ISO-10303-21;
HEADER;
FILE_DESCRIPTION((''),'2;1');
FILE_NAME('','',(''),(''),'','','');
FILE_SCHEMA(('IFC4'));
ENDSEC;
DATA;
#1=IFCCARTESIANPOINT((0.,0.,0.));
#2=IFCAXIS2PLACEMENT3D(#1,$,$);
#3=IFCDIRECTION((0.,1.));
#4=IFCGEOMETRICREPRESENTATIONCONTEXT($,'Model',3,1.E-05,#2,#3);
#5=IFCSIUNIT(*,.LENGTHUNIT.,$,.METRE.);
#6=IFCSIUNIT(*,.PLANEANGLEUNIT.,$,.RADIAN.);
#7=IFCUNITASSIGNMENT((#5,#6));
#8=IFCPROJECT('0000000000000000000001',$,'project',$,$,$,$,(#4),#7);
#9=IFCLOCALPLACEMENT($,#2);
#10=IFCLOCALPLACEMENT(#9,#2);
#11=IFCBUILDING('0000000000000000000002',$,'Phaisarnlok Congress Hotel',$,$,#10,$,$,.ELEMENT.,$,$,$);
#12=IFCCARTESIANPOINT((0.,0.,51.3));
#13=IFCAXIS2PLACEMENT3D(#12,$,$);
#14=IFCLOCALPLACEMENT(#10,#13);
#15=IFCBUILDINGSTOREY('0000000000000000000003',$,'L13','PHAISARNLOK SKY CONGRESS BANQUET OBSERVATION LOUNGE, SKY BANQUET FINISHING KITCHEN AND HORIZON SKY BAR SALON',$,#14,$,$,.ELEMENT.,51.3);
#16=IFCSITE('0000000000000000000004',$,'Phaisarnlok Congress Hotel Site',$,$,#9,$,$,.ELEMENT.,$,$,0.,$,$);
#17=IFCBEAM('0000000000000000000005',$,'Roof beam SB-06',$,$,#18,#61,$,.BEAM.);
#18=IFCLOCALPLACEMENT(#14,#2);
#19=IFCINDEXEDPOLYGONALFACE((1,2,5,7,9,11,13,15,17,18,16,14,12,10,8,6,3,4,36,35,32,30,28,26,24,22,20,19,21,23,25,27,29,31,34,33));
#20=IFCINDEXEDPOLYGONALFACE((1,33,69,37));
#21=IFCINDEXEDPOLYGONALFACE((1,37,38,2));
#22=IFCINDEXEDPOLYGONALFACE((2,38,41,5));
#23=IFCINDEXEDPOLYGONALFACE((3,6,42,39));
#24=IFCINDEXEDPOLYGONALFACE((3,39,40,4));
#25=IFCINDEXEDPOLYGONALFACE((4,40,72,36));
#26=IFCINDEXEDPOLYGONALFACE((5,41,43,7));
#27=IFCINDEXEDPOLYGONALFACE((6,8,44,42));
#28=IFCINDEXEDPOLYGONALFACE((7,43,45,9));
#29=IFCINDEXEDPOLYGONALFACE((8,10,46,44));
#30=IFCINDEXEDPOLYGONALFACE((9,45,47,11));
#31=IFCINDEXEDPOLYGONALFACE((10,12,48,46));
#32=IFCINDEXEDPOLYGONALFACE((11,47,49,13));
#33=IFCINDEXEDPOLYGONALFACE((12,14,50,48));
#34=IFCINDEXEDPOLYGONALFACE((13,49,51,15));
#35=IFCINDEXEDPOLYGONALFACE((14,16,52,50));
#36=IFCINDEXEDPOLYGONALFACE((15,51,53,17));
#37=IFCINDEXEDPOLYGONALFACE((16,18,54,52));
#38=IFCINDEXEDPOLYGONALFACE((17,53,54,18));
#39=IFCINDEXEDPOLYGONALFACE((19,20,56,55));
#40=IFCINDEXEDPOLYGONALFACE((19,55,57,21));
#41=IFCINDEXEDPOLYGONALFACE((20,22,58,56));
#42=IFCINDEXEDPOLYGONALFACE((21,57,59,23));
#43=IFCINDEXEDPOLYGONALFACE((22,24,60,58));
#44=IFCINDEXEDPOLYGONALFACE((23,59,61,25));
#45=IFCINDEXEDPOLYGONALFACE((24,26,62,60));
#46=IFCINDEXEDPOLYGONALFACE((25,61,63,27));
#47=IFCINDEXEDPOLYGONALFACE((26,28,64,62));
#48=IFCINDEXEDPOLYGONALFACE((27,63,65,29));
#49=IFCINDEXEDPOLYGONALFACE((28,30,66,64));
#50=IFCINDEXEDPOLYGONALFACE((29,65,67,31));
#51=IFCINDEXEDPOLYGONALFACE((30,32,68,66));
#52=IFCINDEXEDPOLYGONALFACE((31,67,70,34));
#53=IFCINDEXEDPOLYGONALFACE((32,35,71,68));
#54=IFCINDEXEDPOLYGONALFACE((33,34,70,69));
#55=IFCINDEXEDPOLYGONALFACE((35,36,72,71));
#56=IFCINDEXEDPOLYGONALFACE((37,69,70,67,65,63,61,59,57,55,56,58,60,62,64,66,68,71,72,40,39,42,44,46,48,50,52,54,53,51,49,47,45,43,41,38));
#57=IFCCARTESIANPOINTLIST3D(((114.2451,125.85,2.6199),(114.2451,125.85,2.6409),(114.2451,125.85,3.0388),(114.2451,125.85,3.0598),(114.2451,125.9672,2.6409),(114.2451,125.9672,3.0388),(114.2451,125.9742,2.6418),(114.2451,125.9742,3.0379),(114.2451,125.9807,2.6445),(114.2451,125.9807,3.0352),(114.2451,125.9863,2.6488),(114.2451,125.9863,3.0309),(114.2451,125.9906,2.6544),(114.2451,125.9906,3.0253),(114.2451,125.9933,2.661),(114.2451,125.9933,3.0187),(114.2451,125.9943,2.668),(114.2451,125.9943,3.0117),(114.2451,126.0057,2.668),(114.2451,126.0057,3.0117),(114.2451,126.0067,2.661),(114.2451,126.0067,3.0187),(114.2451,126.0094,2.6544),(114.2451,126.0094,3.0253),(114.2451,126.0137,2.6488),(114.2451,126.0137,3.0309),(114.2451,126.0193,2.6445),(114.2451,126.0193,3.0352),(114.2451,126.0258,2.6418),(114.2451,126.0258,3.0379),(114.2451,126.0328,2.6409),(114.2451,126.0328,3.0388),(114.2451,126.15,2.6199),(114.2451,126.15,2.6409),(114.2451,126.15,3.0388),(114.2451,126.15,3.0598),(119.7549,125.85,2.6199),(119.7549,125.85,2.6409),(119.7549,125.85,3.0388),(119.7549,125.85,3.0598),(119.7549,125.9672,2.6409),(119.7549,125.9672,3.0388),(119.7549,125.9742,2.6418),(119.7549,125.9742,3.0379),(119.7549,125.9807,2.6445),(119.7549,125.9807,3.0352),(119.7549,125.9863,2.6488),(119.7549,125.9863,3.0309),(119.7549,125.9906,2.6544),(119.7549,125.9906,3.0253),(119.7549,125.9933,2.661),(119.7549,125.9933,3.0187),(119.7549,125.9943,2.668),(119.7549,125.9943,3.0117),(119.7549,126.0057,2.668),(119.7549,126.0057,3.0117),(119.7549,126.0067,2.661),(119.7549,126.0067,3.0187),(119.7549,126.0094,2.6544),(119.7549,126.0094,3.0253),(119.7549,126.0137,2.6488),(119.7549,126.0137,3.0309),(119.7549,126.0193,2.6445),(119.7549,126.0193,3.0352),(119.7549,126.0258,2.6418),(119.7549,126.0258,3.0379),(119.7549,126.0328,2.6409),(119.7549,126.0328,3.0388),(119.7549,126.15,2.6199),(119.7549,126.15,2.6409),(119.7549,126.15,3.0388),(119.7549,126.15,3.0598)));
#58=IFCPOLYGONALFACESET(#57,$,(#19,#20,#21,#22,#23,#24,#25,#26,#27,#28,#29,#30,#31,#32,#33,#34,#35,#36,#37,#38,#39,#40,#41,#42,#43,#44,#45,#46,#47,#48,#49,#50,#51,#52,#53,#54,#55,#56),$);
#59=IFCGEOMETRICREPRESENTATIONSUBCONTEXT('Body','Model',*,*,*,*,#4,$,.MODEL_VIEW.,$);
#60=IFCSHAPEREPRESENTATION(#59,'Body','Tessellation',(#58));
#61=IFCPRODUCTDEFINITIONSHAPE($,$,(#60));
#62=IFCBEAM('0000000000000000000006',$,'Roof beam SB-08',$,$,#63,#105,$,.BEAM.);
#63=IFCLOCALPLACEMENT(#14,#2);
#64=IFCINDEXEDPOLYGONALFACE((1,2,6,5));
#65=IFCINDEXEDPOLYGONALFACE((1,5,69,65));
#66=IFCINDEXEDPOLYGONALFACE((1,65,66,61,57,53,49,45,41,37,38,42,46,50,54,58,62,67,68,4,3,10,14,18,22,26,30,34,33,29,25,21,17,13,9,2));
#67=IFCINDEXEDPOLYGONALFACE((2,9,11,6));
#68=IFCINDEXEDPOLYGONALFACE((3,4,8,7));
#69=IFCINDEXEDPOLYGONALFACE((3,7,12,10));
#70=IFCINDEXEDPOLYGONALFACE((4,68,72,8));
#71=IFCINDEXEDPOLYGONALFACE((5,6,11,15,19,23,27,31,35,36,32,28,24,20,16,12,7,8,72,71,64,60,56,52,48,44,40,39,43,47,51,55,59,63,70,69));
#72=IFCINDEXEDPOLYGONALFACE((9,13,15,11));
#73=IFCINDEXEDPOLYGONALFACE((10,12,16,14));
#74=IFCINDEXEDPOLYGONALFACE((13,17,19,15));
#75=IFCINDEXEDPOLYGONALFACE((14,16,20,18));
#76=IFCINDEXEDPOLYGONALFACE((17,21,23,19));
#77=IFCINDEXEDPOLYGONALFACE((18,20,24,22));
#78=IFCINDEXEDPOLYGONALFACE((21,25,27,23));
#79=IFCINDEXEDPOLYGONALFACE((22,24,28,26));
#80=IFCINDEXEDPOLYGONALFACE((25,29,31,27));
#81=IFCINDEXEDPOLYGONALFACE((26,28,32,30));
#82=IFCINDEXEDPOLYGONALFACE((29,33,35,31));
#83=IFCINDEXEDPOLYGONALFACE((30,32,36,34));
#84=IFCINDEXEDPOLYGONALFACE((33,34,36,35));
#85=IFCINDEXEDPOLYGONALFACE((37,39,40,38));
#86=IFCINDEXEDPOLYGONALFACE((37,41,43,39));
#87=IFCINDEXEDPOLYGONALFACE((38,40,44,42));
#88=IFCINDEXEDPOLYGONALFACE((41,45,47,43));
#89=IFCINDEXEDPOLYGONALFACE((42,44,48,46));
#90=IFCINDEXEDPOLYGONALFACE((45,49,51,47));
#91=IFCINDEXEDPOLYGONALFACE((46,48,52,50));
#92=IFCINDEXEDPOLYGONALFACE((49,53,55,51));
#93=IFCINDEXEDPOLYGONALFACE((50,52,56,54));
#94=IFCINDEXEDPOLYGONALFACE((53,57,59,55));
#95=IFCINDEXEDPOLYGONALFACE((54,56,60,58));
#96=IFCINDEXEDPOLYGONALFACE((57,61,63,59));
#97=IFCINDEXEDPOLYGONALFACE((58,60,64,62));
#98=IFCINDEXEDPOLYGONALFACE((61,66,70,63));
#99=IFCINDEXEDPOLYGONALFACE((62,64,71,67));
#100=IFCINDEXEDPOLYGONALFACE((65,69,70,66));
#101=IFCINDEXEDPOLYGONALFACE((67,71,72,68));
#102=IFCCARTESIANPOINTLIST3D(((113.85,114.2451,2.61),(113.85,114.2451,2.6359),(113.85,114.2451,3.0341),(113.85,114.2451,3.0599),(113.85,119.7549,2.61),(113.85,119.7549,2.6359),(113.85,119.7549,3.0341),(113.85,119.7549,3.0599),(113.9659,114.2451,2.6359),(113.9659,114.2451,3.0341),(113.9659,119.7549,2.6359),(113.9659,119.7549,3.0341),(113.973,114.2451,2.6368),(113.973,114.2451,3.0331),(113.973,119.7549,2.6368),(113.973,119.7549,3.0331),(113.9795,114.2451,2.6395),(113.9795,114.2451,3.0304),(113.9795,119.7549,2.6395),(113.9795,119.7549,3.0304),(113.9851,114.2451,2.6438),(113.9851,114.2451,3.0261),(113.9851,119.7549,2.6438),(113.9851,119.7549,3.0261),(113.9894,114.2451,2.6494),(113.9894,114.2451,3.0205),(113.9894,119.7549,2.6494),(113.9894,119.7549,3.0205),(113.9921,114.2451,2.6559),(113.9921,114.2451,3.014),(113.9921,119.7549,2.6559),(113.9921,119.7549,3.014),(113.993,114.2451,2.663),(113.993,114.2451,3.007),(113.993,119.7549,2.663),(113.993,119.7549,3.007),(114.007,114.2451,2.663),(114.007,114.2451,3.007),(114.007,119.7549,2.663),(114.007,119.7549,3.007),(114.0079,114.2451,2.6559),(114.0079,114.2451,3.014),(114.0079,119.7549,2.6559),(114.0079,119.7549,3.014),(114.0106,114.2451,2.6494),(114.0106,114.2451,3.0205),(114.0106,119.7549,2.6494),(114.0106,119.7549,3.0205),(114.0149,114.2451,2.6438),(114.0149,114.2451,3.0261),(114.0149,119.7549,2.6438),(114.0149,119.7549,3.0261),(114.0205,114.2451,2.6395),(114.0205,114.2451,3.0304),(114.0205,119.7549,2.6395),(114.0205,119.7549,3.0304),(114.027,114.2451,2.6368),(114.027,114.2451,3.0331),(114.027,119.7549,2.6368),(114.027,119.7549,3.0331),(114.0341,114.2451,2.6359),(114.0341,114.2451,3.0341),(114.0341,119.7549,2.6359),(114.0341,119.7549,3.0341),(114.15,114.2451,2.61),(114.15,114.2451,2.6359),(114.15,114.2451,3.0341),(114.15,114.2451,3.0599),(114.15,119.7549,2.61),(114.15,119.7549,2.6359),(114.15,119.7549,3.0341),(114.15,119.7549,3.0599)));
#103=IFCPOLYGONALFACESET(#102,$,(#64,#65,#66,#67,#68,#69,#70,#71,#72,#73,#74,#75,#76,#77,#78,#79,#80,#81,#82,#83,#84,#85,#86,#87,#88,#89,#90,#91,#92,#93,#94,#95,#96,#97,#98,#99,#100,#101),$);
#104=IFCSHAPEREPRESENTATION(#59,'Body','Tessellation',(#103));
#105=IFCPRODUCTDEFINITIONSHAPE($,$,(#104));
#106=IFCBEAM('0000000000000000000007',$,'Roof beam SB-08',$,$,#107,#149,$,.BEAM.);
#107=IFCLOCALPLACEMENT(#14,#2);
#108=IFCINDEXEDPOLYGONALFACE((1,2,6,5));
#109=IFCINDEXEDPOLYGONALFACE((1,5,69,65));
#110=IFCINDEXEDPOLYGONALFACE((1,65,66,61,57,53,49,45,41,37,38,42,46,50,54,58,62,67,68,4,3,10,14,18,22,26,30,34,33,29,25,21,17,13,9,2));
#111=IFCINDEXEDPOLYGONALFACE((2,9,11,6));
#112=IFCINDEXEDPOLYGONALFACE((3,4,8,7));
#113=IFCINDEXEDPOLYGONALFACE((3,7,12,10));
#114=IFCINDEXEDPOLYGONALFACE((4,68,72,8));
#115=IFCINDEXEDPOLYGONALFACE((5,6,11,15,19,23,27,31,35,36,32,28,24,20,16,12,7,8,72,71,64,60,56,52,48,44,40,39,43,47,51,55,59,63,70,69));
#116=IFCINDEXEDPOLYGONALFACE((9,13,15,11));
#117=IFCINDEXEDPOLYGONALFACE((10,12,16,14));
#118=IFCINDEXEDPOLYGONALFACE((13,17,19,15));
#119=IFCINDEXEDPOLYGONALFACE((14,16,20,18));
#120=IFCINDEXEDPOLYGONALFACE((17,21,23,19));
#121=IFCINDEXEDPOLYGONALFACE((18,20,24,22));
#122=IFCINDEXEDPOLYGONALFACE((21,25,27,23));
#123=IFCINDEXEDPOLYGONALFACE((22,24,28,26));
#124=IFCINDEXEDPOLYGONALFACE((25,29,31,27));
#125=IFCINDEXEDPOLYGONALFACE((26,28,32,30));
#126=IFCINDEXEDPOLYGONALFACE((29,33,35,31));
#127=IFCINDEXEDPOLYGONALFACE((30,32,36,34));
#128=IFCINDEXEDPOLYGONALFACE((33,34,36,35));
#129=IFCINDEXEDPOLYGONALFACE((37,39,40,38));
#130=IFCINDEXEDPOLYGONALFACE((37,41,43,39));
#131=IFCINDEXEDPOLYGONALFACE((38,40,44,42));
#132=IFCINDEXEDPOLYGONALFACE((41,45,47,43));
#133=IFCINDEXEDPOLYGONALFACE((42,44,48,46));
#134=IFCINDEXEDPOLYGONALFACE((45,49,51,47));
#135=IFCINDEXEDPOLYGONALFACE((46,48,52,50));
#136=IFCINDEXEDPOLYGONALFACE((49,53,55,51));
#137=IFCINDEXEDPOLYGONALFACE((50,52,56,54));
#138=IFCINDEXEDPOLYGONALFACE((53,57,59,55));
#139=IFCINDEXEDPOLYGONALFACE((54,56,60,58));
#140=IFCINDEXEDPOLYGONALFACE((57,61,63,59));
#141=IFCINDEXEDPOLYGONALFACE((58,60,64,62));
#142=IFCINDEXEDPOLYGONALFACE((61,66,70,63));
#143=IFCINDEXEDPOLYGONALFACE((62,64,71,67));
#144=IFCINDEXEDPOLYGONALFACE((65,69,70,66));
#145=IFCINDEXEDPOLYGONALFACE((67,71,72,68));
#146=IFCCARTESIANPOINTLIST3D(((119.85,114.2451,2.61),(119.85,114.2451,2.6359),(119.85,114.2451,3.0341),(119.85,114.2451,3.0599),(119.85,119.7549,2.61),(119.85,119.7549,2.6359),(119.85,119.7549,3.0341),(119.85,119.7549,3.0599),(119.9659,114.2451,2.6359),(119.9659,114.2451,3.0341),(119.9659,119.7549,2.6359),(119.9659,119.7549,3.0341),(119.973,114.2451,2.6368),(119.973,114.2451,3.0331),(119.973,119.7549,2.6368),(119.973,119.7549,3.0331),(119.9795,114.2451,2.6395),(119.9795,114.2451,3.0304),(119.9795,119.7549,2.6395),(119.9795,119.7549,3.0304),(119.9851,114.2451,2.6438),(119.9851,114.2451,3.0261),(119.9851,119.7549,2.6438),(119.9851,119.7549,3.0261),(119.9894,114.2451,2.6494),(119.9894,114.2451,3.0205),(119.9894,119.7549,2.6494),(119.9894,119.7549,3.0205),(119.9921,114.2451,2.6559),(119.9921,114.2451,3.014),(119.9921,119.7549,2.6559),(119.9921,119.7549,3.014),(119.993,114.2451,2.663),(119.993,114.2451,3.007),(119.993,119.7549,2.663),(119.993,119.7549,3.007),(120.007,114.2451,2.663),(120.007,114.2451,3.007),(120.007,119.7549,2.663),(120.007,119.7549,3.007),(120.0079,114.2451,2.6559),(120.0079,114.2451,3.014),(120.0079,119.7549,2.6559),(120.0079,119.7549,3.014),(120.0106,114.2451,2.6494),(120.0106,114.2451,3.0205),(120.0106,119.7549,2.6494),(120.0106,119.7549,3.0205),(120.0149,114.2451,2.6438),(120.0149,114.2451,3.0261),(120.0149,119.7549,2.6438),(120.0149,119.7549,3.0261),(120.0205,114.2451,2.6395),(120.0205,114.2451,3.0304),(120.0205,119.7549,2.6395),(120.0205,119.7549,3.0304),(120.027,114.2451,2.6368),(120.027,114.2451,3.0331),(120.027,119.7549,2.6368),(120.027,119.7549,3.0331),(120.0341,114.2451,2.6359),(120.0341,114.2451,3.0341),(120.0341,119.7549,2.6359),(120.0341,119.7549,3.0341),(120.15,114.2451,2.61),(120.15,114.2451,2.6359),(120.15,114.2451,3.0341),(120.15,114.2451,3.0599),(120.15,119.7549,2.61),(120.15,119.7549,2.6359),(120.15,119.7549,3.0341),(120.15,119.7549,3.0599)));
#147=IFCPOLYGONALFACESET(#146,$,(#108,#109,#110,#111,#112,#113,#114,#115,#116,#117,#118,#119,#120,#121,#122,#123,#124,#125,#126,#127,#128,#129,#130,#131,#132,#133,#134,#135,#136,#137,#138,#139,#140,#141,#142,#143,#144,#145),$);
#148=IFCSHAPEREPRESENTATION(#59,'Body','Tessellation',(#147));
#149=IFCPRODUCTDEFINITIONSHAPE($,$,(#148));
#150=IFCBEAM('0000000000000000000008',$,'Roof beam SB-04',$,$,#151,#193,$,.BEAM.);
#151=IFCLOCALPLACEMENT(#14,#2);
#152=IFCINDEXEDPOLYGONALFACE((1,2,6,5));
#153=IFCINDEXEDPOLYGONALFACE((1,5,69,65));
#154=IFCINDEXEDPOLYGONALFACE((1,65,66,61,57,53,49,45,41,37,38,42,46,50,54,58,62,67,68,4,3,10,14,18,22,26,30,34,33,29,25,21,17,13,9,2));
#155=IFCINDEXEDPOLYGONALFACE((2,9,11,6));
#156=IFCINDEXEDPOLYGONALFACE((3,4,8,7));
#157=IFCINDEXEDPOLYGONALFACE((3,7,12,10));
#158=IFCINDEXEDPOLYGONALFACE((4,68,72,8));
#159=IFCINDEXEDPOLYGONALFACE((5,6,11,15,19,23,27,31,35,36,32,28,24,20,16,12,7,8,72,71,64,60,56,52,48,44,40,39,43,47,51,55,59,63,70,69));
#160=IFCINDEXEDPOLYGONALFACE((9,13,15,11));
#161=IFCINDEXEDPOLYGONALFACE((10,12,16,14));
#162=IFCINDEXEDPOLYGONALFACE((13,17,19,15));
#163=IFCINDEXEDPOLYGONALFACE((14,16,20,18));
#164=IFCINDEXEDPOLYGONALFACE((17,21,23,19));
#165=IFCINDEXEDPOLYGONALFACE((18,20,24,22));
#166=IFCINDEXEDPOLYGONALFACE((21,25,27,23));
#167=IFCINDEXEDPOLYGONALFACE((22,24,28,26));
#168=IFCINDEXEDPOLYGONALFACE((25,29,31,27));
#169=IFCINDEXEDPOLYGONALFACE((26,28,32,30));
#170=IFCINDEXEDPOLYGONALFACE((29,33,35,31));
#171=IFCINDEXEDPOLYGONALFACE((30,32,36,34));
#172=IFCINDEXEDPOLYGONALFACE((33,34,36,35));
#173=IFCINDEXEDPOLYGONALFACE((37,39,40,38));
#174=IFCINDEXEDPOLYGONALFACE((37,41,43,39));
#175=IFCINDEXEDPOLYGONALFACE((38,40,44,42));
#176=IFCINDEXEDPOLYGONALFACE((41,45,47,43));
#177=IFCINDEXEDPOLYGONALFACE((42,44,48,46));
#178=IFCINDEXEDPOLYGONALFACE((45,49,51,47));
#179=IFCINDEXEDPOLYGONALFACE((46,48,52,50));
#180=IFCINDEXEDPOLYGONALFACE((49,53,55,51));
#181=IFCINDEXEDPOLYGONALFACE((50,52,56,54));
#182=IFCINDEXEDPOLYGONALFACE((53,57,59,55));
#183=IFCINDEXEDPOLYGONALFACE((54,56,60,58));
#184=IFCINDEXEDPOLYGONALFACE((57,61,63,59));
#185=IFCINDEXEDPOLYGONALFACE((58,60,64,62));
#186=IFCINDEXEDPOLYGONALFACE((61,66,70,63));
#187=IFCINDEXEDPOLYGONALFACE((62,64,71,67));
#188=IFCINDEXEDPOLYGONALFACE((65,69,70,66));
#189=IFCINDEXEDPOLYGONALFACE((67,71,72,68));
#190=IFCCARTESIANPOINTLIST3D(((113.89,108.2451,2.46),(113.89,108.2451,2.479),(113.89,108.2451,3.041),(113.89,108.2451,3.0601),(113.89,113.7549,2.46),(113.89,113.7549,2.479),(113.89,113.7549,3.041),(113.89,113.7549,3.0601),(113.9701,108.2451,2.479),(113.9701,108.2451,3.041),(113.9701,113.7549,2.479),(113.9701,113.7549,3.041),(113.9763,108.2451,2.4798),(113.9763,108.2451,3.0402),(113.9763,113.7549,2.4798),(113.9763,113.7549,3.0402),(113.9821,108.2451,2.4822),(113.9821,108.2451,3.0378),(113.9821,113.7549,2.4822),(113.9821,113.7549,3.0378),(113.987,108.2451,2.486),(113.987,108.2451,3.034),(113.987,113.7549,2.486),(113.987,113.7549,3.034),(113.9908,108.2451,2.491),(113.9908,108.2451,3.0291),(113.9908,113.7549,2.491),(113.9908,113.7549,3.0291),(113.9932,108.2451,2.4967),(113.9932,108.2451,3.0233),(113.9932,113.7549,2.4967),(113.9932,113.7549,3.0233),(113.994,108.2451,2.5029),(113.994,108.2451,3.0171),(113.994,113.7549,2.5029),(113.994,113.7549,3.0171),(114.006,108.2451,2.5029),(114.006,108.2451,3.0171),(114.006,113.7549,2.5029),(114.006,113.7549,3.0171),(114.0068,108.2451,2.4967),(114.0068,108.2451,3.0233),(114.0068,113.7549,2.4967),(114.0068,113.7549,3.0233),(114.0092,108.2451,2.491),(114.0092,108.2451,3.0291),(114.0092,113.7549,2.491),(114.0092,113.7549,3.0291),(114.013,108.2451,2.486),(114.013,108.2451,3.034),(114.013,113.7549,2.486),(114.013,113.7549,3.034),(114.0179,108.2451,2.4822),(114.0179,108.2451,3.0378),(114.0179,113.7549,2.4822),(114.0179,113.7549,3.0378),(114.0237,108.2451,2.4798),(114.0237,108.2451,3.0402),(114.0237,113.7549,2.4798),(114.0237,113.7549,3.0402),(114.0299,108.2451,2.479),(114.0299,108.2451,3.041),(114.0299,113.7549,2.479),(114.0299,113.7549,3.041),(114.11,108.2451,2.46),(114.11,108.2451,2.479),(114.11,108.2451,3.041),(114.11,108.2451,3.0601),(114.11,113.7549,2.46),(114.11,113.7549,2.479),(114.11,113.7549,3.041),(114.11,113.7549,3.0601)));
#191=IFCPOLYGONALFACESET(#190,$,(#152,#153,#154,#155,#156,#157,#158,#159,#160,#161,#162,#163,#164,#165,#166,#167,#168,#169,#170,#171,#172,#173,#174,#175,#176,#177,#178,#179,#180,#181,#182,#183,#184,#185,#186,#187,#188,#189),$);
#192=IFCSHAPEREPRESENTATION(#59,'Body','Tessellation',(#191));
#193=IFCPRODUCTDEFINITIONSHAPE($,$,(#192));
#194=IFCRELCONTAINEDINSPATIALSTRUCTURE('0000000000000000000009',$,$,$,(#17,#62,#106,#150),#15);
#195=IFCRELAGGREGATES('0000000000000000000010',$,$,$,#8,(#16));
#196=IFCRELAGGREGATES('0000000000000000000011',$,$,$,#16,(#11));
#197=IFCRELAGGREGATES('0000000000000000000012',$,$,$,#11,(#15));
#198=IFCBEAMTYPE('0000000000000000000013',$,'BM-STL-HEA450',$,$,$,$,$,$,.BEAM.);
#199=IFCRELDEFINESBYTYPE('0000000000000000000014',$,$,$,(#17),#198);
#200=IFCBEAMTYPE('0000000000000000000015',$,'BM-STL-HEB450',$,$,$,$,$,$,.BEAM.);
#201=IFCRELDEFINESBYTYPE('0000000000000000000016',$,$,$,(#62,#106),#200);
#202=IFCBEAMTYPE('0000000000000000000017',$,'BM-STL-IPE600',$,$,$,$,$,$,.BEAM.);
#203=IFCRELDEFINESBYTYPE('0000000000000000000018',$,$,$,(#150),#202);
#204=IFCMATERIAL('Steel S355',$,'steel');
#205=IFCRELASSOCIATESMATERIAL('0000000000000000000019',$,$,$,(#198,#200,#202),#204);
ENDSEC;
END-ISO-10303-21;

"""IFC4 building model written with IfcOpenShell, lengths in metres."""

from ifc_helpers import new_model, si_unit, direction, frame, origin, origin_2d, place, context, subcontext, project, spatial, i_section, extrude, material, material_profile, profile_set, type_object, element, save


model = new_model("IFC4")

# Units and contexts
model_context = context("Model", 3, precision=1e-05, world=origin(), true_north=direction((0.0, 1.0)))
body_context = subcontext(model_context, "Body", "Model", "MODEL_VIEW")
ifc_project = project(units=[si_unit("LENGTHUNIT", "METRE"), si_unit("PLANEANGLEUNIT", "RADIAN")], contexts=[model_context])

# Site, building, storey
site_placement = place(None, origin())
site = spatial("IfcSite", under=ifc_project, at=site_placement, Name="Phaisarnlok Congress Hotel Site", CompositionType="ELEMENT", RefElevation=0.0)
building_placement = place(site_placement, origin())
building = spatial("IfcBuilding", under=site, at=building_placement, Name="Phaisarnlok Congress Hotel", CompositionType="ELEMENT")
storey_placement = place(building_placement, frame((0.0, 0.0, 51.3)))
storey = spatial("IfcBuildingStorey", under=building, at=storey_placement, Name="L13", Description="PHAISARNLOK SKY CONGRESS BANQUET OBSERVATION LOUNGE, SKY BANQUET FINISHING KITCHEN AND HORIZON SKY BAR SALON", CompositionType="ELEMENT", Elevation=51.3)

# Beams
ifc_material_1 = material(Name="Steel S355", Category="steel")
ifc_material_profile_1 = material_profile(ifc_material_1, i_section(OverallWidth=0.3, OverallDepth=0.4399, WebThickness=0.0115, FlangeThickness=0.021, FilletRadius=0.0271, at=origin_2d()), Name="HEA 450")
ifc_profile_set_1 = profile_set([ifc_material_profile_1], Name="Steel S355")
beam_type_1 = type_object("IfcBeamType", Name="BM-STL-HEA450", PredefinedType="BEAM", material=ifc_profile_set_1)
for number, where, z_axis, x_axis, name in (
    (1, (114.2451, 126.0, 2.8398), (1.0, 0.0, 0.0), (0.0, 1.0, 0.0), "Roof beam SB-06"),
):
    element("IfcBeam", number, at=place(storey_placement, frame(where, z_axis=z_axis, x_axis=x_axis)), inside=storey, type_object=beam_type_1, Name=name, PredefinedType="BEAM", context=body_context, shape_type="SweptSolid", body=[
        extrude(i_section(OverallWidth=0.3, OverallDepth=0.4399, WebThickness=0.0115, FlangeThickness=0.021, FilletRadius=0.0271, at=origin_2d()), origin(), (0.0, 0.0, 1.0), 5.5098),
    ])
ifc_material_profile_2 = material_profile(ifc_material_1, i_section(OverallWidth=0.3, OverallDepth=0.45, WebThickness=0.0139, FlangeThickness=0.0259, FilletRadius=0.0271, at=origin_2d()), Name="HEB 450")
ifc_profile_set_2 = profile_set([ifc_material_profile_2], Name="Steel S355")
beam_type_2 = type_object("IfcBeamType", Name="BM-STL-HEB450", PredefinedType="BEAM", material=ifc_profile_set_2)
for number, where, z_axis, x_axis, name in (
    (2, (114.0, 114.2451, 2.835), (0.0, 1.0, 0.0), (-1.0, 0.0, 0.0), "Roof beam SB-08"),
    (3, (120.0, 114.2451, 2.835), (0.0, 1.0, 0.0), (-1.0, 0.0, 0.0), "Roof beam SB-08"),
):
    element("IfcBeam", number, at=place(storey_placement, frame(where, z_axis=z_axis, x_axis=x_axis)), inside=storey, type_object=beam_type_2, Name=name, PredefinedType="BEAM", context=body_context, shape_type="SweptSolid", body=[
        extrude(i_section(OverallWidth=0.3, OverallDepth=0.45, WebThickness=0.0139, FlangeThickness=0.0259, FilletRadius=0.0271, at=origin_2d()), origin(), (0.0, 0.0, 1.0), 5.5098),
    ])
ifc_material_profile_3 = material_profile(ifc_material_1, i_section(OverallWidth=0.22, OverallDepth=0.6001, WebThickness=0.012, FlangeThickness=0.019, FilletRadius=0.0239, at=origin_2d()), Name="IPE 600")
ifc_profile_set_3 = profile_set([ifc_material_profile_3], Name="Steel S355")
beam_type_3 = type_object("IfcBeamType", Name="BM-STL-IPE600", PredefinedType="BEAM", material=ifc_profile_set_3)
for number, where, z_axis, x_axis, name in (
    (4, (114.0, 108.2451, 2.76), (0.0, 1.0, 0.0), (-1.0, 0.0, 0.0), "Roof beam SB-04"),
):
    element("IfcBeam", number, at=place(storey_placement, frame(where, z_axis=z_axis, x_axis=x_axis)), inside=storey, type_object=beam_type_3, Name=name, PredefinedType="BEAM", context=body_context, shape_type="SweptSolid", body=[
        extrude(i_section(OverallWidth=0.22, OverallDepth=0.6001, WebThickness=0.012, FlangeThickness=0.019, FilletRadius=0.0239, at=origin_2d()), origin(), (0.0, 0.0, 1.0), 5.5098),
    ])

save(model, "model.ifc")
